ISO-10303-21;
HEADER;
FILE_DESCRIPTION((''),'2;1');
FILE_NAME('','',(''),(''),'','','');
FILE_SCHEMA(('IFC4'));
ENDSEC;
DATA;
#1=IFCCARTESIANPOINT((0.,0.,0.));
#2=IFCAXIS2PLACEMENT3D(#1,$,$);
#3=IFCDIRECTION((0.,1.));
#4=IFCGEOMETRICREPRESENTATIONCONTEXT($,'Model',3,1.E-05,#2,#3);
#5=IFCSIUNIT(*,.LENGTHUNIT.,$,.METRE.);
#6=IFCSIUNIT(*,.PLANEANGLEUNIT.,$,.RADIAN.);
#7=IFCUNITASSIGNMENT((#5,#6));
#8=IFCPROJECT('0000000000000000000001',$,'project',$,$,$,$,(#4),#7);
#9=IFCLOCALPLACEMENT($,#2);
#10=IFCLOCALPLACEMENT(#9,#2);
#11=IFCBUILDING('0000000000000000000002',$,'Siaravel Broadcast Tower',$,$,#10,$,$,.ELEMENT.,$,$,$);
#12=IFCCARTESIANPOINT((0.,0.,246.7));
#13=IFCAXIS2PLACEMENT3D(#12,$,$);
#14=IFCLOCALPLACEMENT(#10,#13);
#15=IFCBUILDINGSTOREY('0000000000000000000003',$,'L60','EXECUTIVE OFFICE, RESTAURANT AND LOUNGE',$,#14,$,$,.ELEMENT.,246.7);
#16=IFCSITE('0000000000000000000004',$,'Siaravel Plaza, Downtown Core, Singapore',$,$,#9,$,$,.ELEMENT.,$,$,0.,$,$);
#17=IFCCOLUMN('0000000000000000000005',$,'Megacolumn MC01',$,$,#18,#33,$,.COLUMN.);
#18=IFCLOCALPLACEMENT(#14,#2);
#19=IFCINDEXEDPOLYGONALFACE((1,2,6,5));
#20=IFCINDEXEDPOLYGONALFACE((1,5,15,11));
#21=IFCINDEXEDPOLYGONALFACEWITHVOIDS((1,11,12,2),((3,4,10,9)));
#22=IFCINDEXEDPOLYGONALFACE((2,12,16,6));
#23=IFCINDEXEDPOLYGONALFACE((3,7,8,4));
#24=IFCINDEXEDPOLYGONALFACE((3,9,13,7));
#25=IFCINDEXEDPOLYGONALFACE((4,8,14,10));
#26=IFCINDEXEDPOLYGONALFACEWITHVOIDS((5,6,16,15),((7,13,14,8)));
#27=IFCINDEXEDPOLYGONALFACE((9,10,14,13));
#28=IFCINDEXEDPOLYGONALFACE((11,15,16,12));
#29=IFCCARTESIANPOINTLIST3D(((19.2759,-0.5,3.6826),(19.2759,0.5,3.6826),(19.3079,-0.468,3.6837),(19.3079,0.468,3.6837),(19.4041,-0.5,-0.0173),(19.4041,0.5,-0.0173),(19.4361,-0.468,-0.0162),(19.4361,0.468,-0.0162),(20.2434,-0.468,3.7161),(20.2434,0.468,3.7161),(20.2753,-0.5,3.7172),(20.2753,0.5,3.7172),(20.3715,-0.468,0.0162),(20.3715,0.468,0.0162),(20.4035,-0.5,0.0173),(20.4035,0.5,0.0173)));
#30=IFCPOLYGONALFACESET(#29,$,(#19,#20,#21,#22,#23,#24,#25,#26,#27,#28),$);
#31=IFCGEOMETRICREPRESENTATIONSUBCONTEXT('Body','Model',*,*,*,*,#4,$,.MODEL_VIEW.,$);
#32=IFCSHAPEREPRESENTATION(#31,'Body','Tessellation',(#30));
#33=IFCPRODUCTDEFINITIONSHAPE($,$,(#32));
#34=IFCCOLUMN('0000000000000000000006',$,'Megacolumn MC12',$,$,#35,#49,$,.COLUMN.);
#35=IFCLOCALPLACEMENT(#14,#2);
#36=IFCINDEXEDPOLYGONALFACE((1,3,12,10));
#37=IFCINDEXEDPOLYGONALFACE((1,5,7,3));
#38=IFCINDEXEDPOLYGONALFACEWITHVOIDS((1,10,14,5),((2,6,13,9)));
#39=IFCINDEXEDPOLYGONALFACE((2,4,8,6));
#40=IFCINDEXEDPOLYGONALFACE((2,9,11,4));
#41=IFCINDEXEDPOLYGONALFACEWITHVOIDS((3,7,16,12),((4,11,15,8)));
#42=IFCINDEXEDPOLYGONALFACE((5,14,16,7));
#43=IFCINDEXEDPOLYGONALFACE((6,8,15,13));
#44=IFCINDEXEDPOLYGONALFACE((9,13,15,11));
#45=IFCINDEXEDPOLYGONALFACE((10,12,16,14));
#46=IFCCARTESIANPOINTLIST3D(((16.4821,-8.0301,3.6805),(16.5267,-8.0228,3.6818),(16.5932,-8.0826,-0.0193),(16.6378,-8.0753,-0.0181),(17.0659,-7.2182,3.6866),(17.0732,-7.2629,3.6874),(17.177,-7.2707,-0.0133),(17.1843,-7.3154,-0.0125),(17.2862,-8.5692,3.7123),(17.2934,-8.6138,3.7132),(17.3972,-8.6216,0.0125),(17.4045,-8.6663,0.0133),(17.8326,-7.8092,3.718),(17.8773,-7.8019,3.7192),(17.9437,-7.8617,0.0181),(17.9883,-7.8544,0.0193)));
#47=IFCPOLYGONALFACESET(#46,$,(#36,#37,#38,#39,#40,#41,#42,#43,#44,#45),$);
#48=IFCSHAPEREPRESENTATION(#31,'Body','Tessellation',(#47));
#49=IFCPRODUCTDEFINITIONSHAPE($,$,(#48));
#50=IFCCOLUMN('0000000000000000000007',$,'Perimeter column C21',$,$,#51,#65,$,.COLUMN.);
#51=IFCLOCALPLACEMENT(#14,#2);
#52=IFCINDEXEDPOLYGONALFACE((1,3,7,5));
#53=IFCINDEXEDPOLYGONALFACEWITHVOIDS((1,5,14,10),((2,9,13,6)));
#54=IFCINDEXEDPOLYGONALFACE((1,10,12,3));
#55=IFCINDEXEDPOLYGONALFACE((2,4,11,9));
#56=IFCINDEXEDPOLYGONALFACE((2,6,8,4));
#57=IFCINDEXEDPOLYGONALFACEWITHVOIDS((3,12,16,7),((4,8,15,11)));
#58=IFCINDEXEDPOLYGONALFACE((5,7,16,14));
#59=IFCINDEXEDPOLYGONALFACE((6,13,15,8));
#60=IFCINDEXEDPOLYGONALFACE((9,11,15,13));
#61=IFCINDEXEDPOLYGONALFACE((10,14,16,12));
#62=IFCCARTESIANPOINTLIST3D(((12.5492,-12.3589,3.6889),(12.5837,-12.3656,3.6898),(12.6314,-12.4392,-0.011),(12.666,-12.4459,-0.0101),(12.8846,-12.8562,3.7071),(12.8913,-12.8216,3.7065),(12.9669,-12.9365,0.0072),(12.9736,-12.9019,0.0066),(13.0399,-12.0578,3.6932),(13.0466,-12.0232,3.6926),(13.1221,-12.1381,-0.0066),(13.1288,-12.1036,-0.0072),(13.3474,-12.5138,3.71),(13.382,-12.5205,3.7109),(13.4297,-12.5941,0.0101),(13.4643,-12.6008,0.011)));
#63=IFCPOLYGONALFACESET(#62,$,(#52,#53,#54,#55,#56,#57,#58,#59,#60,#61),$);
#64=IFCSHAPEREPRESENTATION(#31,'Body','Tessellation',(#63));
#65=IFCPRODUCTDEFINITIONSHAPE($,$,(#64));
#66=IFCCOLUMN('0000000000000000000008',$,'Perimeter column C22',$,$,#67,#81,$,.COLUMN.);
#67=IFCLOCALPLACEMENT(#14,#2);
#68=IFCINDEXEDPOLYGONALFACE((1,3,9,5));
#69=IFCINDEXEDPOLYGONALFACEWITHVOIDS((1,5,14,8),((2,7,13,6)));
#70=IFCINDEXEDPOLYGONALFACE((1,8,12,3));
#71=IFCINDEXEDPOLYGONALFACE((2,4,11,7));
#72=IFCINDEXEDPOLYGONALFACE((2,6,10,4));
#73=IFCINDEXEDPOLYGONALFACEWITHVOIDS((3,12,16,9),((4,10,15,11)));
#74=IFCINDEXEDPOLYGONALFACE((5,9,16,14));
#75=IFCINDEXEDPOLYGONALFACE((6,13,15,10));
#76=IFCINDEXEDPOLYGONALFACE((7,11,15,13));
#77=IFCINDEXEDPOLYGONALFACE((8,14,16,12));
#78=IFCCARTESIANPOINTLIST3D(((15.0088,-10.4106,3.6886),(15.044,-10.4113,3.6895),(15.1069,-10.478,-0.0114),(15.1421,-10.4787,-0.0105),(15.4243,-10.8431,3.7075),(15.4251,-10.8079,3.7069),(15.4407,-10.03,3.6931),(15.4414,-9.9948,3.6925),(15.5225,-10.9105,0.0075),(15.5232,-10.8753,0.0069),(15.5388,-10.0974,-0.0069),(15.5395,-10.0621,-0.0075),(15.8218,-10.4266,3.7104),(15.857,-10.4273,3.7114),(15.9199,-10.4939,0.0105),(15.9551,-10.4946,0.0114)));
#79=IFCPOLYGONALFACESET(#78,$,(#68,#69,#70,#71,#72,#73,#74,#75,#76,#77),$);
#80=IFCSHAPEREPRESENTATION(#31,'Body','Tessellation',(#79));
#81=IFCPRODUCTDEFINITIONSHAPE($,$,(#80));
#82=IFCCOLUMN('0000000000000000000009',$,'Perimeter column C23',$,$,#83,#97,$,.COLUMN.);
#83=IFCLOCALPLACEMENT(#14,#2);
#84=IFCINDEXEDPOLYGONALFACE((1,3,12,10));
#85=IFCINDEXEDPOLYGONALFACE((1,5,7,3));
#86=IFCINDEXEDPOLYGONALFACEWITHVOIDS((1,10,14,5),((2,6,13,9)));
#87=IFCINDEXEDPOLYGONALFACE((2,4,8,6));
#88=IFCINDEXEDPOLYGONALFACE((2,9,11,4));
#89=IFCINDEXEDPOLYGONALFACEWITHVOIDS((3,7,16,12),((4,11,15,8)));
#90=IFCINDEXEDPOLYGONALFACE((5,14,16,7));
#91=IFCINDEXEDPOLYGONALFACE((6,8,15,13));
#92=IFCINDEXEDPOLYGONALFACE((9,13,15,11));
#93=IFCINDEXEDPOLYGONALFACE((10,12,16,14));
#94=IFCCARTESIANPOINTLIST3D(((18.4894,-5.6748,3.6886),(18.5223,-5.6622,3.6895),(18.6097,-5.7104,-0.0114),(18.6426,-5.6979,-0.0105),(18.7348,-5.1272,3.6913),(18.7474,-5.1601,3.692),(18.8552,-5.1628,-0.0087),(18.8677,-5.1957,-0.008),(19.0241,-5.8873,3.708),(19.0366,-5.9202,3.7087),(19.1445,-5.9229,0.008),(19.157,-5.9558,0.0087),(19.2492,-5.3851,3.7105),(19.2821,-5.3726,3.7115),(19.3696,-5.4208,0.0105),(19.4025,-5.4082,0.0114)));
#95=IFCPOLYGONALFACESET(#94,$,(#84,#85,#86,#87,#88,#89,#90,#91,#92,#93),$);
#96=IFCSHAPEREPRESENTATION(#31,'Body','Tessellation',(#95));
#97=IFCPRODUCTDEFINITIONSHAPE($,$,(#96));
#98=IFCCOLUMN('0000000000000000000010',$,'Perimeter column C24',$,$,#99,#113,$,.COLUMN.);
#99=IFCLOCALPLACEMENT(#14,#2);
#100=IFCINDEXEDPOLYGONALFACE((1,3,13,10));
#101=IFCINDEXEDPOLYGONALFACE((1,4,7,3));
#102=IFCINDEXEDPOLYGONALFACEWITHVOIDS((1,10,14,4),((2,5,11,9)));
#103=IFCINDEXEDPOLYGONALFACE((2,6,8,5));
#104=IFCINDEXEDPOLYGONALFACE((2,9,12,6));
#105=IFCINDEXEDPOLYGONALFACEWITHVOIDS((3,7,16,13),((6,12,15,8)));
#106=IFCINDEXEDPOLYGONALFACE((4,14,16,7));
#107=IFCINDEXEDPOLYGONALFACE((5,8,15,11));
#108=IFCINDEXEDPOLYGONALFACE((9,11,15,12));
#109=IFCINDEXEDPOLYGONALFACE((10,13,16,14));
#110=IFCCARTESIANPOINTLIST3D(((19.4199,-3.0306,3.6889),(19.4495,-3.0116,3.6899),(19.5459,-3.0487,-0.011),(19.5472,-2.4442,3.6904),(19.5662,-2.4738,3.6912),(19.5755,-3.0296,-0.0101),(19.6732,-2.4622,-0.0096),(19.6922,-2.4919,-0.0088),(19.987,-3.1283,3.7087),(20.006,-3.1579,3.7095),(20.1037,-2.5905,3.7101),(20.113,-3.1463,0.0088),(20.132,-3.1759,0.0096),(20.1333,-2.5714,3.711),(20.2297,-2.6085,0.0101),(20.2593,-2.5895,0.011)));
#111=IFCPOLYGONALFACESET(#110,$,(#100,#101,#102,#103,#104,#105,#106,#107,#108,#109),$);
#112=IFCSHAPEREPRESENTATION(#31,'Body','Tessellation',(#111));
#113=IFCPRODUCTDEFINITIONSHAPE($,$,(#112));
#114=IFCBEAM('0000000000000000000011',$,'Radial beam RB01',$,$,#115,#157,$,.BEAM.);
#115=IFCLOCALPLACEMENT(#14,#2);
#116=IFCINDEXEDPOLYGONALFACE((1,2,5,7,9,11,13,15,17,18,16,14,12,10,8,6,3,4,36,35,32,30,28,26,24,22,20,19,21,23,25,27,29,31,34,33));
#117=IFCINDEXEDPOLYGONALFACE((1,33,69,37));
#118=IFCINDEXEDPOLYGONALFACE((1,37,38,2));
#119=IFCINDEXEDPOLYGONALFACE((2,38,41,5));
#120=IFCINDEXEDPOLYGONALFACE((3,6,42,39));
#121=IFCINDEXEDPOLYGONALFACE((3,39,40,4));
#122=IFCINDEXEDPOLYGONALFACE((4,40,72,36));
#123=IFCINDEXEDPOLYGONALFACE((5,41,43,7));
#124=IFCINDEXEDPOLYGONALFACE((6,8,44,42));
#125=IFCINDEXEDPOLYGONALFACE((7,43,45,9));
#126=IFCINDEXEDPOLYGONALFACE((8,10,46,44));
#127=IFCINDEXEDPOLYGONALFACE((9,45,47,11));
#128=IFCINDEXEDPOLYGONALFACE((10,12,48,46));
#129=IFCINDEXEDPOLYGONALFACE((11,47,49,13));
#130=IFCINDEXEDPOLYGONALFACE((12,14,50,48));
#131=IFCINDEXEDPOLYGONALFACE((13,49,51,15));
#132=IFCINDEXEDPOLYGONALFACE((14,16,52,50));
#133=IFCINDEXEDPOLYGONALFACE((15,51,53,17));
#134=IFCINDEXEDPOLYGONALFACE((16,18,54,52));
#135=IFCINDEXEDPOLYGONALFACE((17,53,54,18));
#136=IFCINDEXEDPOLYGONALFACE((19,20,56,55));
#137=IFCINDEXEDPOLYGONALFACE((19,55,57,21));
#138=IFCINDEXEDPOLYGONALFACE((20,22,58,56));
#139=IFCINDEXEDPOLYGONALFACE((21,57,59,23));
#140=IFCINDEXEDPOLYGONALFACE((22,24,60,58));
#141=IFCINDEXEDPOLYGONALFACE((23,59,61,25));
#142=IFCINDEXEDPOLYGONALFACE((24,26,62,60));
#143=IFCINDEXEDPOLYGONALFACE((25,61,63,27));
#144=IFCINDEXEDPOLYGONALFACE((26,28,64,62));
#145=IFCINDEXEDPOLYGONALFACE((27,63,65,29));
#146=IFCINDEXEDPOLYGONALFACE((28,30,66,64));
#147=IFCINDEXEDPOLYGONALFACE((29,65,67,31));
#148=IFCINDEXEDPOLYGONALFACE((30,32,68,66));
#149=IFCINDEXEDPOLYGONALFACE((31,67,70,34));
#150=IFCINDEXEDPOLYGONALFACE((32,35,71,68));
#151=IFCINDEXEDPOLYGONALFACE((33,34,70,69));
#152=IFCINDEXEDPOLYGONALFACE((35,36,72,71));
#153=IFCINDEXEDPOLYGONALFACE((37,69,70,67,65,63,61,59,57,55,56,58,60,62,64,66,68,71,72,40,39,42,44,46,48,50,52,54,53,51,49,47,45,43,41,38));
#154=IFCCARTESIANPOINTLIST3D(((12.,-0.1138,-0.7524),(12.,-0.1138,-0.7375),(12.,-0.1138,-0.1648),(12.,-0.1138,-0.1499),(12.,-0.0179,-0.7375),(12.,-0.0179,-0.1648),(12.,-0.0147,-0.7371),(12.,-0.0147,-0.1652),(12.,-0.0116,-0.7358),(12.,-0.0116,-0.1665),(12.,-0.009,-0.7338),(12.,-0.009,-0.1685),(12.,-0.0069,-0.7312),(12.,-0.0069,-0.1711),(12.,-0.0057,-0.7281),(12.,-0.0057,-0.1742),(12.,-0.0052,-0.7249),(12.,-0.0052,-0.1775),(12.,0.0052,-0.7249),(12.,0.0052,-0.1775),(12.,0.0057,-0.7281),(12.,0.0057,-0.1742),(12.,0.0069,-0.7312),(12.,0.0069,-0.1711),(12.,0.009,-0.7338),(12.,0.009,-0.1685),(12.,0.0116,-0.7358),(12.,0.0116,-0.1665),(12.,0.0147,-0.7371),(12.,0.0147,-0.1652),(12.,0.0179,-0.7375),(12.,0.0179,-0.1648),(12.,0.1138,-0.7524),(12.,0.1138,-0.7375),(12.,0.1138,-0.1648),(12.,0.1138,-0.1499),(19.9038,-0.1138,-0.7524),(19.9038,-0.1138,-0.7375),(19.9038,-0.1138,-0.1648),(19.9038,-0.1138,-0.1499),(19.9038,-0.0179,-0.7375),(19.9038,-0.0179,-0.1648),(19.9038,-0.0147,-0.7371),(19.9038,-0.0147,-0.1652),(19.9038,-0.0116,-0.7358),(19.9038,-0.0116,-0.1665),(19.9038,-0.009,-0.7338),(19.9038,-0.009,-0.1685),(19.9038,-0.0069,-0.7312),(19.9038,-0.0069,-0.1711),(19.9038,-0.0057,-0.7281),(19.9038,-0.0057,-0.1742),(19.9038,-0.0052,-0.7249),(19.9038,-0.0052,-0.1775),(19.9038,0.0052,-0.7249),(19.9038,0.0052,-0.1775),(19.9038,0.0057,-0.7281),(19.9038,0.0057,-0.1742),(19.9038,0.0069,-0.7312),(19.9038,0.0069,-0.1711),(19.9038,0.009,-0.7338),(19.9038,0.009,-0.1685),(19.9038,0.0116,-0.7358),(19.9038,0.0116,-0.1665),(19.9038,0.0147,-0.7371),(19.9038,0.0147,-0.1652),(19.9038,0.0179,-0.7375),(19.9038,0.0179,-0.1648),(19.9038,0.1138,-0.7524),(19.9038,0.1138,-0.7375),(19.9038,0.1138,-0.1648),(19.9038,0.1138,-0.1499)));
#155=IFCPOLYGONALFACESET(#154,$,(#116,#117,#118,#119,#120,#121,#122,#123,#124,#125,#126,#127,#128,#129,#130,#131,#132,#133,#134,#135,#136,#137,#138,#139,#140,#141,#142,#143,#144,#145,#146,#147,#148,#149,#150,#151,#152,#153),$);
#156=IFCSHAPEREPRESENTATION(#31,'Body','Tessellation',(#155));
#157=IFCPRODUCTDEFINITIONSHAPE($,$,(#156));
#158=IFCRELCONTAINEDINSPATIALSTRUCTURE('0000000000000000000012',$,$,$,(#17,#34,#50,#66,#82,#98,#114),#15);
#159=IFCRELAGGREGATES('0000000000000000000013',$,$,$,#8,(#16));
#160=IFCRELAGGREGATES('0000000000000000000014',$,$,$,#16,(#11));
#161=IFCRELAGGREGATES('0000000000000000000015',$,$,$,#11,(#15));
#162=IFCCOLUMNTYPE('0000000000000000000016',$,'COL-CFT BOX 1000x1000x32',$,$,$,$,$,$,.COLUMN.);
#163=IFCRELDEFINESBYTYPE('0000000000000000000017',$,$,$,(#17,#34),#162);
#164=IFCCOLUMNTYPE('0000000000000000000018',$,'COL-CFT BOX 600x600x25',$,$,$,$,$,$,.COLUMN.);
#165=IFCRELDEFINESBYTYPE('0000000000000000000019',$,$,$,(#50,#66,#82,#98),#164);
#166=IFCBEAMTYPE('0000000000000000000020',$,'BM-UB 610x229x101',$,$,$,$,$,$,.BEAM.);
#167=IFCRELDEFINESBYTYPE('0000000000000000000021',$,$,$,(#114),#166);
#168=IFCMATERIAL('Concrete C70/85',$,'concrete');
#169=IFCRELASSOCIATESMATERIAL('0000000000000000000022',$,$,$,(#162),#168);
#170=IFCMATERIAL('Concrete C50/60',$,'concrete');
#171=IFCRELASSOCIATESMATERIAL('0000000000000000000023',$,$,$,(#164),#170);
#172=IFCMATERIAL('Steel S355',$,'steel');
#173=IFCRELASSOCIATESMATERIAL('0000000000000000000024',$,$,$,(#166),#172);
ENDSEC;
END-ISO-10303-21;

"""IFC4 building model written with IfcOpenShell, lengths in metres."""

from ifc_helpers import new_model, si_unit, direction, frame, origin, origin_2d, place, context, subcontext, project, spatial, hollow_rectangle, i_section, extrude, material, material_profile, profile_set, type_object, element, save


model = new_model("IFC4")

# Units and contexts
model_context = context("Model", 3, precision=1e-05, world=origin(), true_north=direction((0.0, 1.0)))
body_context = subcontext(model_context, "Body", "Model", "MODEL_VIEW")
ifc_project = project(units=[si_unit("LENGTHUNIT", "METRE"), si_unit("PLANEANGLEUNIT", "RADIAN")], contexts=[model_context])

# Site, building, storey
site_placement = place(None, origin())
site = spatial("IfcSite", under=ifc_project, at=site_placement, Name="Siaravel Plaza, Downtown Core, Singapore", CompositionType="ELEMENT", RefElevation=0.0)
building_placement = place(site_placement, origin())
building = spatial("IfcBuilding", under=site, at=building_placement, Name="Siaravel Broadcast Tower", CompositionType="ELEMENT")
storey_placement = place(building_placement, frame((0.0, 0.0, 246.7)))
storey = spatial("IfcBuildingStorey", under=building, at=storey_placement, Name="L60", Description="EXECUTIVE OFFICE, RESTAURANT AND LOUNGE", CompositionType="ELEMENT", Elevation=246.7)

# Columns
ifc_material_1 = material(Name="Concrete C70/85", Category="concrete")
ifc_material_profile_1 = material_profile(ifc_material_1, hollow_rectangle(XDim=1.0, YDim=1.0, WallThickness=0.032, at=origin_2d()))
ifc_profile_set_1 = profile_set([ifc_material_profile_1], Name="Concrete C70/85")
column_type_1 = type_object("IfcColumnType", Name="COL-CFT BOX 1000x1000x32", PredefinedType="COLUMN", material=ifc_profile_set_1)
column_1_placement = place(storey_placement, frame((19.9038, 0.0, 0.0), z_axis=(-0.034621, 0.0, 0.999401), x_axis=(0.0, -1.0, 0.0)))
element("IfcColumn", 1, at=column_1_placement, inside=storey, type_object=column_type_1, Name="Megacolumn MC01", PredefinedType="COLUMN", context=body_context, shape_type="SweptSolid", body=[
    extrude(hollow_rectangle(XDim=1.0, YDim=1.0, WallThickness=0.032, at=origin_2d()), origin(), (0.0, 0.0, 1.0), 3.7021),
])
column_2_placement = place(storey_placement, frame((17.2908, -7.9685, 0.0), z_axis=(-0.030007, 0.014179, 0.999449), x_axis=(-0.583834, -0.811851, -0.006011)))
element("IfcColumn", 2, at=column_2_placement, inside=storey, type_object=column_type_1, Name="Megacolumn MC12", PredefinedType="COLUMN", context=body_context, shape_type="SweptSolid", body=[
    extrude(hollow_rectangle(XDim=1.0, YDim=1.0, WallThickness=0.032, at=origin_2d()), origin(), (0.0, 0.0, 1.0), 3.7019),
])
ifc_material_2 = material(Name="Concrete C50/60", Category="concrete")
ifc_material_profile_2 = material_profile(ifc_material_2, hollow_rectangle(XDim=0.6001, YDim=0.6001, WallThickness=0.0249, at=origin_2d()))
ifc_profile_set_2 = profile_set([ifc_material_profile_2], Name="Concrete C50/60")
column_type_2 = type_object("IfcColumnType", Name="COL-CFT BOX 600x600x25", PredefinedType="COLUMN", material=ifc_profile_set_2)
column_3_placement = place(storey_placement, frame((13.0479, -12.52, 0.0), z_axis=(-0.022226, 0.021699, 0.999517), x_axis=(-0.828897, -0.559365, -0.006289)))
element("IfcColumn", 3, at=column_3_placement, inside=storey, type_object=column_type_2, Name="Perimeter column C21", PredefinedType="COLUMN", context=body_context, shape_type="SweptSolid", body=[
    extrude(hollow_rectangle(XDim=0.6001, YDim=0.6001, WallThickness=0.0249, at=origin_2d()), origin(), (0.0, 0.0, 1.0), 3.7017),
])
column_4_placement = place(storey_placement, frame((15.531, -10.4863, 0.0), z_axis=(-0.026512, 0.018202, 0.999483), x_axis=(-0.720903, -0.693005, -0.006502)))
element("IfcColumn", 4, at=column_4_placement, inside=storey, type_object=column_type_2, Name="Perimeter column C22", PredefinedType="COLUMN", context=body_context, shape_type="SweptSolid", body=[
    extrude(hollow_rectangle(XDim=0.6001, YDim=0.6001, WallThickness=0.0249, at=origin_2d()), origin(), (0.0, 0.0, 1.0), 3.7019),
])
for number, where, z_axis, x_axis, name in (
    (5, (19.0061, -5.5593, 0.0), (-0.032512, 0.009628, 0.999425), (-0.409045, -0.912503, -0.004516), "Perimeter column C23"),
    (6, (19.9026, -2.8191, 0.0), (-0.034028, 0.00488, 0.999409), (-0.212088, -0.977247, -0.002449), "Perimeter column C24"),
):
    element("IfcColumn", number, at=place(storey_placement, frame(where, z_axis=z_axis, x_axis=x_axis)), inside=storey, type_object=column_type_2, Name=name, PredefinedType="COLUMN", context=body_context, shape_type="SweptSolid", body=[
        extrude(hollow_rectangle(XDim=0.6001, YDim=0.6001, WallThickness=0.0249, at=origin_2d()), origin(), (0.0, 0.0, 1.0), 3.7021),
    ])

# Beam
ifc_material_3 = material(Name="Steel S355", Category="steel")
ifc_material_profile_3 = material_profile(ifc_material_3, i_section(OverallWidth=0.2275, OverallDepth=0.6025, WebThickness=0.0105, FlangeThickness=0.0149, FilletRadius=0.0127, at=origin_2d()))
ifc_profile_set_3 = profile_set([ifc_material_profile_3], Name="Steel S355")
beam_type = type_object("IfcBeamType", Name="BM-UB 610x229x101", PredefinedType="BEAM", material=ifc_profile_set_3)
beam_1_placement = place(storey_placement, frame((19.9038, 0.0, -0.4512), z_axis=(-1.0, 0.0, 0.0), x_axis=(0.0, -1.0, 0.0)))
element("IfcBeam", 7, at=beam_1_placement, inside=storey, type_object=beam_type, Name="Radial beam RB01", PredefinedType="BEAM", context=body_context, shape_type="SweptSolid", body=[
    extrude(i_section(OverallWidth=0.2275, OverallDepth=0.6025, WebThickness=0.0105, FlangeThickness=0.0149, FilletRadius=0.0127, at=origin_2d()), origin(), (0.0, 0.0, 1.0), 7.9038),
])

save(model, "model.ifc")
